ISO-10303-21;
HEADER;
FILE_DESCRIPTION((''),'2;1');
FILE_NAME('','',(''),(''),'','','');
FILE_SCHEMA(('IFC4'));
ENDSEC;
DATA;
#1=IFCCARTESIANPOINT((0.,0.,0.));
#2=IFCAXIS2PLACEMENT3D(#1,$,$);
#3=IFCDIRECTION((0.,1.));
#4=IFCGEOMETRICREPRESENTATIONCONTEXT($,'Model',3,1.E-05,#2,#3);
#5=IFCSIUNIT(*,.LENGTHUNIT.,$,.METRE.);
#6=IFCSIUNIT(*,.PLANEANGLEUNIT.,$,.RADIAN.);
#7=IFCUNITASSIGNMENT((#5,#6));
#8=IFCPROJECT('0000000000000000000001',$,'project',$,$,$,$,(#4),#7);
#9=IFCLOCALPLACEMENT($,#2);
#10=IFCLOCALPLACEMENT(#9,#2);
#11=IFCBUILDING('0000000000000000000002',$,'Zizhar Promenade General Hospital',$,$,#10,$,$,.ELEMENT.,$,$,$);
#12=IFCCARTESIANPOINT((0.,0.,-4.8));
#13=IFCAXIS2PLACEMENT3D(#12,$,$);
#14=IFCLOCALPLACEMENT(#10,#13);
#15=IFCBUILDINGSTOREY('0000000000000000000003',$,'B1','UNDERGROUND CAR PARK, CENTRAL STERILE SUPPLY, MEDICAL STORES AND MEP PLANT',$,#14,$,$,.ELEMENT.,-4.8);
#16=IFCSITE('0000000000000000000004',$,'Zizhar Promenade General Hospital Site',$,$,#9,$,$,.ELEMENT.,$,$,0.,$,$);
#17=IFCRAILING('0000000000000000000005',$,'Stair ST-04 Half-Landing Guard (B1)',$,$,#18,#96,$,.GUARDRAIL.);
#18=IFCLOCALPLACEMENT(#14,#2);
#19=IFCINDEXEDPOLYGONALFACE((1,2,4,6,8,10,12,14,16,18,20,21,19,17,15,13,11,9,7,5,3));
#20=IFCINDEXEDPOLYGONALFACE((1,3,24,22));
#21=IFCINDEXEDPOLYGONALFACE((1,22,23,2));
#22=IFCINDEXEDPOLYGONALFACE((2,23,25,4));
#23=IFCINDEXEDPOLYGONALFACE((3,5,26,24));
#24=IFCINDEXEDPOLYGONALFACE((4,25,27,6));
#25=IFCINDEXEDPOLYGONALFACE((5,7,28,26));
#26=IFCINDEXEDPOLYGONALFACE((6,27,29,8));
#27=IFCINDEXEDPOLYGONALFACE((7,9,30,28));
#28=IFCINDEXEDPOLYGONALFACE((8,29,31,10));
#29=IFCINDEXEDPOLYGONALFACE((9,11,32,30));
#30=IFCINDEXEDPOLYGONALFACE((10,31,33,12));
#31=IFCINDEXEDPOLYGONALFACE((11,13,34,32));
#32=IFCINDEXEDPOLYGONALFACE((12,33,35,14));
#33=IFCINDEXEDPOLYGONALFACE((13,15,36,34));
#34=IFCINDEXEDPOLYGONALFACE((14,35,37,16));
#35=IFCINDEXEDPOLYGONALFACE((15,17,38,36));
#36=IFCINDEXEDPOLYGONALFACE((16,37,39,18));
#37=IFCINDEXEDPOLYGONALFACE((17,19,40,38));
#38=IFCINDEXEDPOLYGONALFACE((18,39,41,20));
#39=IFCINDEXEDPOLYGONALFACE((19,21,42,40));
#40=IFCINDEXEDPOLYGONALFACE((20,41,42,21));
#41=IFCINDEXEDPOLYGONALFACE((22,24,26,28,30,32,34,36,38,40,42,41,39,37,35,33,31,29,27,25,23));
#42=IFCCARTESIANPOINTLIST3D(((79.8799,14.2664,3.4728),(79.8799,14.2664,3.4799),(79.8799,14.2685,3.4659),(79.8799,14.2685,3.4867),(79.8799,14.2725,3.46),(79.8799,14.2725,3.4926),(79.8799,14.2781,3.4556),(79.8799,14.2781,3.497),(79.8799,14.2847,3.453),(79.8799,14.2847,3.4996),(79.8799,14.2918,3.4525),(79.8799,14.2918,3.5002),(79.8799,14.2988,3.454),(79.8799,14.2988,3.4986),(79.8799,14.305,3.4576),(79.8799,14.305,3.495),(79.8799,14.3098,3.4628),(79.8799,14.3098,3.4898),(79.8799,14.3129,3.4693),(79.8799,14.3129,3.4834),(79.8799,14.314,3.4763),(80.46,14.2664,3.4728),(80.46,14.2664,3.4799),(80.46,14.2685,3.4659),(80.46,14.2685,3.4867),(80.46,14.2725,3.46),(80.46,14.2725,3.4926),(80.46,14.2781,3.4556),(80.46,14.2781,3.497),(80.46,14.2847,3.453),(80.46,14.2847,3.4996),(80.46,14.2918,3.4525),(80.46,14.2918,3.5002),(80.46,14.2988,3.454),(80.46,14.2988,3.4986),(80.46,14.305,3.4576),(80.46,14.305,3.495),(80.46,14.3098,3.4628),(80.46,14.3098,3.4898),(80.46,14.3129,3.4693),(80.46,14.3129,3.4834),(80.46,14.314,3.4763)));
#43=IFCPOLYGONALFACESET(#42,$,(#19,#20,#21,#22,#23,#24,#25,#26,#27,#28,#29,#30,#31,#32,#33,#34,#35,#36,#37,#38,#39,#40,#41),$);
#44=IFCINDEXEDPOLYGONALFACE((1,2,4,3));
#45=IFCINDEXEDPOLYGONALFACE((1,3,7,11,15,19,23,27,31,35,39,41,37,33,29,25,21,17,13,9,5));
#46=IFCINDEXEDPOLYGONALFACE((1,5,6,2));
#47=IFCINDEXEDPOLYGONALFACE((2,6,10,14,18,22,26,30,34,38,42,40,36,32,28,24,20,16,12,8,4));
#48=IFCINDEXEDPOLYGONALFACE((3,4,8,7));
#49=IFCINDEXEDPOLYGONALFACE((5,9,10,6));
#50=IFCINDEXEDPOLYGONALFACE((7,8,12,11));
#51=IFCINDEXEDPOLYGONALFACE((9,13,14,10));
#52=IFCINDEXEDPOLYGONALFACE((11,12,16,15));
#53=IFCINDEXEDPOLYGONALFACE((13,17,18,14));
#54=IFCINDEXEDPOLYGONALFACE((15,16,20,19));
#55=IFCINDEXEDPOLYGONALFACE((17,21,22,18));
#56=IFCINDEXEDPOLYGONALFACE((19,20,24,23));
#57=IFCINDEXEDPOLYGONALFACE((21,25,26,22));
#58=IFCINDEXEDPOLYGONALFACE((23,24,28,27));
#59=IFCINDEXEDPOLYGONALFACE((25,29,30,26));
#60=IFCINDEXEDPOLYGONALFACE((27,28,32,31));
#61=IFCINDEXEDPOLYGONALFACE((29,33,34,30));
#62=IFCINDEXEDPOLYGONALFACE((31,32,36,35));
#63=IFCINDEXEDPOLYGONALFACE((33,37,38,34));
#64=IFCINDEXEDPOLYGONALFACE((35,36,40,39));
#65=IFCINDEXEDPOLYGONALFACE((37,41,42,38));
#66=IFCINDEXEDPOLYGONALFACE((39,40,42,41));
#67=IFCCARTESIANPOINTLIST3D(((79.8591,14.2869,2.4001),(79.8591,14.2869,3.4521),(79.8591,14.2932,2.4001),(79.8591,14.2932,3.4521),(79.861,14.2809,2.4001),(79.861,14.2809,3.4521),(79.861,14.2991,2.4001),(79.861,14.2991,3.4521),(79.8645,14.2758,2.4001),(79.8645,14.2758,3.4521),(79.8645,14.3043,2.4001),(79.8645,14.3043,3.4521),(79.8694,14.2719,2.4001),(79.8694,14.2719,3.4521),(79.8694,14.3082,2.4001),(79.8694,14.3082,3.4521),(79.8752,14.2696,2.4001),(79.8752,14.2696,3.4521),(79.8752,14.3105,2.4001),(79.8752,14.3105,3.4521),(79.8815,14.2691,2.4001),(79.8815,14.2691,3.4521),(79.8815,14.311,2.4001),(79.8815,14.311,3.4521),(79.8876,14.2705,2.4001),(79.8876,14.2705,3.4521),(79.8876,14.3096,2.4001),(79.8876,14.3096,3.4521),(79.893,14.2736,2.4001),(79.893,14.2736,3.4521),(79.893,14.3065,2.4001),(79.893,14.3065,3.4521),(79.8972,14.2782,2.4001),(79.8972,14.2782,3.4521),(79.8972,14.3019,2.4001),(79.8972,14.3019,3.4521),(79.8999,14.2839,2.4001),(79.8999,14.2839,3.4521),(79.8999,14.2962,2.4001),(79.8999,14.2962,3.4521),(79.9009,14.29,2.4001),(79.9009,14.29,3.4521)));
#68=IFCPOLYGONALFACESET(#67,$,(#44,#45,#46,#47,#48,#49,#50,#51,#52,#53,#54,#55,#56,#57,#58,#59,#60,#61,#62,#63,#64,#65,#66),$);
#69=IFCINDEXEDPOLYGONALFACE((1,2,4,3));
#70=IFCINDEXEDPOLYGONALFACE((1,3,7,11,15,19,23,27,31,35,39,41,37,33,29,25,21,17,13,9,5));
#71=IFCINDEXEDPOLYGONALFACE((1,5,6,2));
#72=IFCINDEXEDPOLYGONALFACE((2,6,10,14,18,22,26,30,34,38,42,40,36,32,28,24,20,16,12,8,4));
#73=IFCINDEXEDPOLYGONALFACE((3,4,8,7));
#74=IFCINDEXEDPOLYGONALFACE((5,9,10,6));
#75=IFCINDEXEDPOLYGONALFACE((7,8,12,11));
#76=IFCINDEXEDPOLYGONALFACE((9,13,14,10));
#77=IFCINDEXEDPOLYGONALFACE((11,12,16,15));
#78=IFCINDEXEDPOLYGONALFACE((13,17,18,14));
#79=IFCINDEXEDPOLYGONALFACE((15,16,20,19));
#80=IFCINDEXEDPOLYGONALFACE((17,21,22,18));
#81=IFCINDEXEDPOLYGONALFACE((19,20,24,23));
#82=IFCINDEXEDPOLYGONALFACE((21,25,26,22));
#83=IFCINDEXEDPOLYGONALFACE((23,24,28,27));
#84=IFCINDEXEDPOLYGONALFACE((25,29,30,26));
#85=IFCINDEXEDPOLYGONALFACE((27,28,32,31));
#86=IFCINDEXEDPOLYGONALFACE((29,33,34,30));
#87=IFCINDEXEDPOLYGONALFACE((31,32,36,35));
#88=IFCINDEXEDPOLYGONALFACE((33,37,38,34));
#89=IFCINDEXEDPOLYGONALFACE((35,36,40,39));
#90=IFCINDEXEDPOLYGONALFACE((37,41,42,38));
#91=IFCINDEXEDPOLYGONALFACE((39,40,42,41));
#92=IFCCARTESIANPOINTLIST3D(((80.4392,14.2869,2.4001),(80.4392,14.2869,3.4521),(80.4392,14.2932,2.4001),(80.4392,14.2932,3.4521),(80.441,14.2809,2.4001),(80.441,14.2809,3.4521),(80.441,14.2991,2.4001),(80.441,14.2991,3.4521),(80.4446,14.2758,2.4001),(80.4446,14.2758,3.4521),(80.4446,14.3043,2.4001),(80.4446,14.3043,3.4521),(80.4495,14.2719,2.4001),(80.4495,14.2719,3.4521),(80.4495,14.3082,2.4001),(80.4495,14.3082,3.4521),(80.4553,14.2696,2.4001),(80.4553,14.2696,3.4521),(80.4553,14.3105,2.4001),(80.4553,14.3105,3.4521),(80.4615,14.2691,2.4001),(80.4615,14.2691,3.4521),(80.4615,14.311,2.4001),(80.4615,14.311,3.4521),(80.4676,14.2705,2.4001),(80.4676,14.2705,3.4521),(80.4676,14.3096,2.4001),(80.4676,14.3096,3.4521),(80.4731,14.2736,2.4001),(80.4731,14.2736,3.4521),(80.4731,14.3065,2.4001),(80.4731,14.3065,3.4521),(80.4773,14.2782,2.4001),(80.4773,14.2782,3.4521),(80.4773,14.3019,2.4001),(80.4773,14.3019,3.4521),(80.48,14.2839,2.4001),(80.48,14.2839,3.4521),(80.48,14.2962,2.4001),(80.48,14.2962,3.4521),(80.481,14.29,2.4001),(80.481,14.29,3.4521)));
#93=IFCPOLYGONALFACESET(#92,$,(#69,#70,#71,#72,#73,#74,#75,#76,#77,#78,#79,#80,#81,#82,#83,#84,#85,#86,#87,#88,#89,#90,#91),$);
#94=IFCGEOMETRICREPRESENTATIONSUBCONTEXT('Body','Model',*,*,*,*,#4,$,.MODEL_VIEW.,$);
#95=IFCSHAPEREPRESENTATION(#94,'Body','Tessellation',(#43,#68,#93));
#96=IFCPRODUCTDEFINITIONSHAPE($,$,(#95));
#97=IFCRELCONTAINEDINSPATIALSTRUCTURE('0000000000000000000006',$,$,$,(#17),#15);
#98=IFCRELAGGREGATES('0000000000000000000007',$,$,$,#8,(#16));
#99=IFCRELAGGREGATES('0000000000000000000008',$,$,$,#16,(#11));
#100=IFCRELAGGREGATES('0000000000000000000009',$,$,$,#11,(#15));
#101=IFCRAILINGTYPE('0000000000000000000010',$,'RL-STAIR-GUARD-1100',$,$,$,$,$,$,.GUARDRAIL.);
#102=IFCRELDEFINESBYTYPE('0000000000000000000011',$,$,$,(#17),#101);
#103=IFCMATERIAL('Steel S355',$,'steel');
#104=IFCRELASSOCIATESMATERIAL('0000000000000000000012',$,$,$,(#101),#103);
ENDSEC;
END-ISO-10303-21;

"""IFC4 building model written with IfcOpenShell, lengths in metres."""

from ifc_helpers import new_model, si_unit, direction, frame, origin, origin_2d, place, context, subcontext, project, spatial, circle, hollow_circle, extrude, material, material_profile, profile_set, type_object, element, save


model = new_model("IFC4")

# Units and contexts
model_context = context("Model", 3, precision=1e-05, world=origin(), true_north=direction((0.0, 1.0)))
body_context = subcontext(model_context, "Body", "Model", "MODEL_VIEW")
ifc_project = project(units=[si_unit("LENGTHUNIT", "METRE"), si_unit("PLANEANGLEUNIT", "RADIAN")], contexts=[model_context])

# Site, building, storey
site_placement = place(None, origin())
site = spatial("IfcSite", under=ifc_project, at=site_placement, Name="Zizhar Promenade General Hospital Site", CompositionType="ELEMENT", RefElevation=0.0)
building_placement = place(site_placement, origin())
building = spatial("IfcBuilding", under=site, at=building_placement, Name="Zizhar Promenade General Hospital", CompositionType="ELEMENT")
storey_placement = place(building_placement, frame((0.0, 0.0, -4.8)))
storey = spatial("IfcBuildingStorey", under=building, at=storey_placement, Name="B1", Description="UNDERGROUND CAR PARK, CENTRAL STERILE SUPPLY, MEDICAL STORES AND MEP PLANT", CompositionType="ELEMENT", Elevation=-4.8)

# Railing
ifc_material_1 = material(Name="Steel S355", Category="steel")
ifc_material_profile_1 = material_profile(ifc_material_1, hollow_circle(Radius=0.0698, WallThickness=0.0063, at=origin_2d()))
ifc_profile_set_1 = profile_set([ifc_material_profile_1], Name="Steel S355")
railing_type_1 = type_object("IfcRailingType", Name="RL-STAIR-GUARD-1100", PredefinedType="GUARDRAIL", material=ifc_profile_set_1)
railing_1_placement = place(storey_placement, frame((79.8799, 14.29, 2.4001)))
element("IfcRailing", 1, at=railing_1_placement, inside=storey, type_object=railing_type_1, Name="Stair ST-04 Half-Landing Guard (B1)", PredefinedType="GUARDRAIL", context=body_context, shape_type="SweptSolid", body=[
    extrude(circle(Radius=0.0239, at=origin_2d()), frame((0.0, 0.0, 1.0762), z_axis=(1.0, 0.0, 0.0), x_axis=(0.0, 1.0, 0.0)), (0.0, 0.0, 1.0), 0.5801),
    extrude(circle(Radius=0.021, at=origin_2d()), origin(), (0.0, 0.0, 1.0), 1.052),
    extrude(circle(Radius=0.021, at=origin_2d()), frame((0.5801, 0.0, 0.0)), (0.0, 0.0, 1.0), 1.052),
])

save(model, "model.ifc")
